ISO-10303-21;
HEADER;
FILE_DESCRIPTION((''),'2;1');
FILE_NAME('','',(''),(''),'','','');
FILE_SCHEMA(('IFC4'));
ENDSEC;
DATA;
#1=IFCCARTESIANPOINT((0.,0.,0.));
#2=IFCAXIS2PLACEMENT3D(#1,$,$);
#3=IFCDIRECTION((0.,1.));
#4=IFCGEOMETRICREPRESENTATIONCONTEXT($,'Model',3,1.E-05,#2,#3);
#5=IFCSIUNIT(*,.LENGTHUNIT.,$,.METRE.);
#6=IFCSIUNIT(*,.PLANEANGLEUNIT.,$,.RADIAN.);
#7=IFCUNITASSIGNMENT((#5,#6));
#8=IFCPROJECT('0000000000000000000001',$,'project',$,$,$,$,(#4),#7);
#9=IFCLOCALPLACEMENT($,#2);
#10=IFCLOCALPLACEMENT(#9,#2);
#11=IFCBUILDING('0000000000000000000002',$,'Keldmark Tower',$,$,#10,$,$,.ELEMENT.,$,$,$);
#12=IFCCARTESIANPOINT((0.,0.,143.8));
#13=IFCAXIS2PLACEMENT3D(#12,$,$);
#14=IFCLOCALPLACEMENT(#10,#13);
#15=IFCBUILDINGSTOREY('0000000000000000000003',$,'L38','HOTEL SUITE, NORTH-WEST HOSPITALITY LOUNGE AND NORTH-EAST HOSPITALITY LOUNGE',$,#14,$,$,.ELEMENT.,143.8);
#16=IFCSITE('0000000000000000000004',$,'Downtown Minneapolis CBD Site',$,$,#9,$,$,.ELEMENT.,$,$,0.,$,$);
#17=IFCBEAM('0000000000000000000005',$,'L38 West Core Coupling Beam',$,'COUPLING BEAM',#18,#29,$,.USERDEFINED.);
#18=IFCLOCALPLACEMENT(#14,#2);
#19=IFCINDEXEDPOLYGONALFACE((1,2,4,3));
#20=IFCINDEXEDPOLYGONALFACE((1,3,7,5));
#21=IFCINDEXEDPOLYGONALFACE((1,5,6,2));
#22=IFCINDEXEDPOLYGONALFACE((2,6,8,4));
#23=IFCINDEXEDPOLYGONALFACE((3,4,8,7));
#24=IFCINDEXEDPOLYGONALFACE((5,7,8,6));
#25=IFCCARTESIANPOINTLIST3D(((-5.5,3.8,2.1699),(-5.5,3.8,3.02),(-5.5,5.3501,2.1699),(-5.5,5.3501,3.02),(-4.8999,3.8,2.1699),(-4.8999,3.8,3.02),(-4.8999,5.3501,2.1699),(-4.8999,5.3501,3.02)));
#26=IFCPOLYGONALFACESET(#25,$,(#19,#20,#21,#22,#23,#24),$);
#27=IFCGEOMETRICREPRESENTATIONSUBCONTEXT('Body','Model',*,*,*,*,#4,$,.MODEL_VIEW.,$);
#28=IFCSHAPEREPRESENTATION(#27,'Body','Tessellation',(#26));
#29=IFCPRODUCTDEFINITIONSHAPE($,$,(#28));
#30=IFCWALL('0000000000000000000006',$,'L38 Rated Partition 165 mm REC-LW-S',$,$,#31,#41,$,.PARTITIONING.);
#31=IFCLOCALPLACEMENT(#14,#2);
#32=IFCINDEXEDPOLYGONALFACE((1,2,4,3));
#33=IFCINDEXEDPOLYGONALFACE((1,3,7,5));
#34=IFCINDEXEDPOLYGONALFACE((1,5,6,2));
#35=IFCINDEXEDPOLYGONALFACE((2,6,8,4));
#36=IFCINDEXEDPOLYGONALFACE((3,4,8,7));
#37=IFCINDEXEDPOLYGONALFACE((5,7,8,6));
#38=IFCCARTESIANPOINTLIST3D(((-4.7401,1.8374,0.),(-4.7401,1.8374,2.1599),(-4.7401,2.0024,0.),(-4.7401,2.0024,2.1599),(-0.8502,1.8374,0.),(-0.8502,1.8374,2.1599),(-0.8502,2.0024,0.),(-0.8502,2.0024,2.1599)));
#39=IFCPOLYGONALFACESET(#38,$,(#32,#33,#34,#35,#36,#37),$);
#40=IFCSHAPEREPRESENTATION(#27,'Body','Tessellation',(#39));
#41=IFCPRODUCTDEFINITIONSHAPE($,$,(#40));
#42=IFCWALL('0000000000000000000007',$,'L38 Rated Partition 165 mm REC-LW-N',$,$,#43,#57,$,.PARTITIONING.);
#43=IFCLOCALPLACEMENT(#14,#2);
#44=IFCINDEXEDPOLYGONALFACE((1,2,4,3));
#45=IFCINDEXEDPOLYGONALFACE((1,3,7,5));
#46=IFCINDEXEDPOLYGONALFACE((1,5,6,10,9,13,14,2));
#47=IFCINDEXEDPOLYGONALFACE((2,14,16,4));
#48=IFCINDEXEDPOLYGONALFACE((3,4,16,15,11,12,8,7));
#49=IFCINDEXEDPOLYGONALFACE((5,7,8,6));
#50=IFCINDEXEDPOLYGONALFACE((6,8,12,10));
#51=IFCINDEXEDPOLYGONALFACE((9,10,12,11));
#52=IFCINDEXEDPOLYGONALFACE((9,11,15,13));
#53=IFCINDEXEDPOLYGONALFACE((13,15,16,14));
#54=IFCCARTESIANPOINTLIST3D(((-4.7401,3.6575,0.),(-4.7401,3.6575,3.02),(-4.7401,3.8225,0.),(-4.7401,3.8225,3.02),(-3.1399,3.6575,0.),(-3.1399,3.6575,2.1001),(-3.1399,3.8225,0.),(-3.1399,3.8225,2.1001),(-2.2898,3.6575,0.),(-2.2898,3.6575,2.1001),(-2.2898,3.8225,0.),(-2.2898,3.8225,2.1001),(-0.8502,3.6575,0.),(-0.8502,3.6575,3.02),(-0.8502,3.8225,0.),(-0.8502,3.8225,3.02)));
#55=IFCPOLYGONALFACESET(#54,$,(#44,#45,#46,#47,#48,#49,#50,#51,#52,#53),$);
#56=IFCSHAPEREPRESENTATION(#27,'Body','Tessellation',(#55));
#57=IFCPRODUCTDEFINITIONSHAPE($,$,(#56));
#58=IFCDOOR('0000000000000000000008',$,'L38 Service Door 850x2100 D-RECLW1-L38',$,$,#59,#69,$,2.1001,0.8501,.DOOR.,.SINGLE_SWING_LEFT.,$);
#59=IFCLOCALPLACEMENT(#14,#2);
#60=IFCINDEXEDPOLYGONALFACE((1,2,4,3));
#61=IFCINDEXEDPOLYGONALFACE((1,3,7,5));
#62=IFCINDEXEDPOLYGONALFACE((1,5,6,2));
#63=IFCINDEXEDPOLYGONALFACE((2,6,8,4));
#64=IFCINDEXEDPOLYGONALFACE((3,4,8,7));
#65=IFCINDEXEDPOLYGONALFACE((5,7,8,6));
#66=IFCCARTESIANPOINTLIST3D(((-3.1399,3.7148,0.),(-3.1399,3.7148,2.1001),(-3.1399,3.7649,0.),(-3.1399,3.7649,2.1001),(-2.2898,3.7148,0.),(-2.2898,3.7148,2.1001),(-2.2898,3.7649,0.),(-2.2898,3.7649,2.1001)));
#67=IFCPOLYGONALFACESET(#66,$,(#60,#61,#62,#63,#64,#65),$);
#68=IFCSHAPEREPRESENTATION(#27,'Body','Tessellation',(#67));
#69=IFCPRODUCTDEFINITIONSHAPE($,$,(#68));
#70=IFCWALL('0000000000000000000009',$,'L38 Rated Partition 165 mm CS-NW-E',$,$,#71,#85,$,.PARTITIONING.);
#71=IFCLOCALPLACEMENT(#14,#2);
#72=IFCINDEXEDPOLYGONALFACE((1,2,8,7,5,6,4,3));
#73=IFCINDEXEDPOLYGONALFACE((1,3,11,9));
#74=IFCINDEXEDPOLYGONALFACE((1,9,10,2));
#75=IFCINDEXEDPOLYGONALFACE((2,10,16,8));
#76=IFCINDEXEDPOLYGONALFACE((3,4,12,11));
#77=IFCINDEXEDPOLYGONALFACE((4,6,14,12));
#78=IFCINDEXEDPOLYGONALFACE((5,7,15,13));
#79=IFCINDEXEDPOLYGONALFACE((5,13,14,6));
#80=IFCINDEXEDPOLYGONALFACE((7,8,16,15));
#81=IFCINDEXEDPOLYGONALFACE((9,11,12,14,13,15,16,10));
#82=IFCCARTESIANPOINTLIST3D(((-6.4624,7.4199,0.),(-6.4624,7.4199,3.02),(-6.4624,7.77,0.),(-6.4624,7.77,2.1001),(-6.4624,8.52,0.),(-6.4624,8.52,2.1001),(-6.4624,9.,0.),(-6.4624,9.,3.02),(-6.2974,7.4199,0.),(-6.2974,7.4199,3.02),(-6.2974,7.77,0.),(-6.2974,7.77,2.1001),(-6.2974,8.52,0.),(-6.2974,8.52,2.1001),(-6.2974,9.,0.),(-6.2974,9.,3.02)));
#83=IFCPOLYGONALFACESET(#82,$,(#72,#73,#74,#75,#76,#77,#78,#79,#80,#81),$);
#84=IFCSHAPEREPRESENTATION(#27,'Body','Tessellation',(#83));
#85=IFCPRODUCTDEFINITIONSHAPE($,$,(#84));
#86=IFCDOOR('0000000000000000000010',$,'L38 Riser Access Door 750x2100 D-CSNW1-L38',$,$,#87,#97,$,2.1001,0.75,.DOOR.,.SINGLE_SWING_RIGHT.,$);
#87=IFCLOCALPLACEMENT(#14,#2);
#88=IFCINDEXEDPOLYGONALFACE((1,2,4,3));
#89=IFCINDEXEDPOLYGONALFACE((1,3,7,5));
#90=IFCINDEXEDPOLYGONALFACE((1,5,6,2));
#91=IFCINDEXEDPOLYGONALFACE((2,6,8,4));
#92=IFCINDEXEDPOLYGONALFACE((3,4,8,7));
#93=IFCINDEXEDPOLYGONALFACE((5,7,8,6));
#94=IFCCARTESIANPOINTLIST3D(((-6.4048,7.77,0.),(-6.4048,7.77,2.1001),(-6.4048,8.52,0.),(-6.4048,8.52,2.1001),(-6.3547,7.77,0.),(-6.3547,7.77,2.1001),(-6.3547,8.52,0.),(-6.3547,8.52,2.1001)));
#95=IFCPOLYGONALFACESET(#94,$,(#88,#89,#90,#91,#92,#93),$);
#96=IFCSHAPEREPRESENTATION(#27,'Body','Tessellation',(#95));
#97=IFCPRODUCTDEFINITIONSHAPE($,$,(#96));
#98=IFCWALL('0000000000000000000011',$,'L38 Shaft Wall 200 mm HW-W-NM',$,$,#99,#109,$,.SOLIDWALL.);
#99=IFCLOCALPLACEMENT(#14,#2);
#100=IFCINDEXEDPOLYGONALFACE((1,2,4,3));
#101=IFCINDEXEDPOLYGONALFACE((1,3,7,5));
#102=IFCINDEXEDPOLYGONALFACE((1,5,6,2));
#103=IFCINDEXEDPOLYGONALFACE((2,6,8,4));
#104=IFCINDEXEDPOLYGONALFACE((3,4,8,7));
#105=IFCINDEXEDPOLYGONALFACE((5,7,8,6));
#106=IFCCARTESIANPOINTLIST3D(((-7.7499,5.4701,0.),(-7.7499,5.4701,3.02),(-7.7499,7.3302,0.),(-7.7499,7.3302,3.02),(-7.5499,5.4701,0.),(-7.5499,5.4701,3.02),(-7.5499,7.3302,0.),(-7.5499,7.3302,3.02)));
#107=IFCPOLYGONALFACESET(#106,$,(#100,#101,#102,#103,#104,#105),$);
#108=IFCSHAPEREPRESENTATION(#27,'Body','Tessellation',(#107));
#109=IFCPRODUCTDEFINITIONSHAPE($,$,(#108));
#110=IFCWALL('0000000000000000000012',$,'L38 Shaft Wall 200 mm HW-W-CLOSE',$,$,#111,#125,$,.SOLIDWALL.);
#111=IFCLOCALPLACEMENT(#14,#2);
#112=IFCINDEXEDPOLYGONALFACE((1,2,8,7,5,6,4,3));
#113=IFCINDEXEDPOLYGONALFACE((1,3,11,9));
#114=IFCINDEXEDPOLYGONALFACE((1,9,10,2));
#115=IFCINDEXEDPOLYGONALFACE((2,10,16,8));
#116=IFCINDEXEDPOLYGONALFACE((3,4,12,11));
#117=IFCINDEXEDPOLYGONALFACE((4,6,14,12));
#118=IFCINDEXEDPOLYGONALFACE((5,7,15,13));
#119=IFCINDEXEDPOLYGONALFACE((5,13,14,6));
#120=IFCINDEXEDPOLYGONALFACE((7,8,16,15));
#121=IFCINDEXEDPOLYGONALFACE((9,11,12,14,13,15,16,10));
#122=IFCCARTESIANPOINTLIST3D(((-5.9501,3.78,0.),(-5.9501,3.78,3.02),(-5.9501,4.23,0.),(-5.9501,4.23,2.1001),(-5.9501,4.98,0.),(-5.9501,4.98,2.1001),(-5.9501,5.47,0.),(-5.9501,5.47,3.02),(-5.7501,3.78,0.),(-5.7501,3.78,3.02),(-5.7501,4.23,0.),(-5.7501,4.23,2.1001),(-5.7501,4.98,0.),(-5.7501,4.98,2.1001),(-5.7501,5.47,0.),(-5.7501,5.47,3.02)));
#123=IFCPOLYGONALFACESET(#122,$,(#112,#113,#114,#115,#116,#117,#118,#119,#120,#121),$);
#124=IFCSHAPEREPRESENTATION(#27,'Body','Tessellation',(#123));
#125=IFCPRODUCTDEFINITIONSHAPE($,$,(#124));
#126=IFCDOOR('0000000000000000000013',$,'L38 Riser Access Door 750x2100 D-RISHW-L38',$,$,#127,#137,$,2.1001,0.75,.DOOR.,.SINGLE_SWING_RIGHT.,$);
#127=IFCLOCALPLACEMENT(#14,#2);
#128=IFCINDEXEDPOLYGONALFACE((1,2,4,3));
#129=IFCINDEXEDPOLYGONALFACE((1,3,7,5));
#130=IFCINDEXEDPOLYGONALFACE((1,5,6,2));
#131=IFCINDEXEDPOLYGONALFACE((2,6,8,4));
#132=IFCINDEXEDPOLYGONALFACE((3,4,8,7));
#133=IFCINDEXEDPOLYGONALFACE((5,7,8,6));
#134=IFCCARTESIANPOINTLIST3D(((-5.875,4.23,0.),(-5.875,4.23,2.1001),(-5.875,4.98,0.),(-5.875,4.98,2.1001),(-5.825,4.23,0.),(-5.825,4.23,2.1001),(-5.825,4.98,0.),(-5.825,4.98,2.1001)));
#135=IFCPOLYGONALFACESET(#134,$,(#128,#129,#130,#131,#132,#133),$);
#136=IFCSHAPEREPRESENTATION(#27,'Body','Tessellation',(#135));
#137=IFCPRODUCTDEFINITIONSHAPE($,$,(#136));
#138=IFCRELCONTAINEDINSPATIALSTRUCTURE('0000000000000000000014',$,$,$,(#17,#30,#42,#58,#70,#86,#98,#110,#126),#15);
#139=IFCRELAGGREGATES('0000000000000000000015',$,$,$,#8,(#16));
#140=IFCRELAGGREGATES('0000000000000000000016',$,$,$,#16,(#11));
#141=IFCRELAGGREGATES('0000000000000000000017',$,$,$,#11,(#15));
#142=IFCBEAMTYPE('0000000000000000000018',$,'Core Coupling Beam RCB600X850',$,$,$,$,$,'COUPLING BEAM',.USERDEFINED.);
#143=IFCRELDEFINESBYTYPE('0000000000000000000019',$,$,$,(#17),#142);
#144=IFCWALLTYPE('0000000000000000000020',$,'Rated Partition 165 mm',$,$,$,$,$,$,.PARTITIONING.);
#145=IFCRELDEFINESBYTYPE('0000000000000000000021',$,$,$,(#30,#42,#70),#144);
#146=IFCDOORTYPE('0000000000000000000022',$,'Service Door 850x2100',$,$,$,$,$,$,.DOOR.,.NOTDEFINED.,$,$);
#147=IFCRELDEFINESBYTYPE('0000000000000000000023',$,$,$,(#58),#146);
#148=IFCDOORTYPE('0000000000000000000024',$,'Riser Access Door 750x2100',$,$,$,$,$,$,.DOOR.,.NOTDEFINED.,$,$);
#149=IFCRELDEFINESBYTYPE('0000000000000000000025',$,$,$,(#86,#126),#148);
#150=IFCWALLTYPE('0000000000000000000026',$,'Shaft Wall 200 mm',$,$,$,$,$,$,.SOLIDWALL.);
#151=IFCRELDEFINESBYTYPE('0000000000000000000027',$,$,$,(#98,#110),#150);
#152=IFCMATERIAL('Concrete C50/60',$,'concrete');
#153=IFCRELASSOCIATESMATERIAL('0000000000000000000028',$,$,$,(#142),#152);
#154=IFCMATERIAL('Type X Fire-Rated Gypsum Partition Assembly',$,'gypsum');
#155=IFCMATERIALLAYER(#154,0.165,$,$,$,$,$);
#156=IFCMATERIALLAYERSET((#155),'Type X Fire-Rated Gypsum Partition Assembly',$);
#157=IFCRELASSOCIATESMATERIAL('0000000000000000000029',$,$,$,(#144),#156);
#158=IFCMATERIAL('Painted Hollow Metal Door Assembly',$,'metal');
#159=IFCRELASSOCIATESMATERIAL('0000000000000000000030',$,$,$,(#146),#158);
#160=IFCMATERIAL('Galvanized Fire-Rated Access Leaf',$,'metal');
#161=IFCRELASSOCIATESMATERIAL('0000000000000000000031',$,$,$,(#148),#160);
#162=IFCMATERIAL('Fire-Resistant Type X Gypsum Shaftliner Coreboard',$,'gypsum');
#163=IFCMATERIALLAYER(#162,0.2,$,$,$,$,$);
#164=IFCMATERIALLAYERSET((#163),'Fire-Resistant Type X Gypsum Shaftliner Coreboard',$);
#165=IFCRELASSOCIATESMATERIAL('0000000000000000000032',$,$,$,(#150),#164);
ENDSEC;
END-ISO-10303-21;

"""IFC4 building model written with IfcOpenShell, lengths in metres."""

from ifc_helpers import new_model, si_unit, direction, frame, frame_2d, origin, origin_2d, place, context, subcontext, project, spatial, rectangle, extrude, material, layer, layer_set, material_profile, profile_set, type_object, element, fill, save


model = new_model("IFC4")

# Units and contexts
model_context = context("Model", 3, precision=1e-05, world=origin(), true_north=direction((0.0, 1.0)))
body_context = subcontext(model_context, "Body", "Model", "MODEL_VIEW")
ifc_project = project(units=[si_unit("LENGTHUNIT", "METRE"), si_unit("PLANEANGLEUNIT", "RADIAN")], contexts=[model_context])

# Site, building, storey
site_placement = place(None, origin())
site = spatial("IfcSite", under=ifc_project, at=site_placement, Name="Downtown Minneapolis CBD Site", CompositionType="ELEMENT", RefElevation=0.0)
building_placement = place(site_placement, origin())
building = spatial("IfcBuilding", under=site, at=building_placement, Name="Keldmark Tower", CompositionType="ELEMENT")
storey_placement = place(building_placement, frame((0.0, 0.0, 143.8)))
storey = spatial("IfcBuildingStorey", under=building, at=storey_placement, Name="L38", Description="HOTEL SUITE, NORTH-WEST HOSPITALITY LOUNGE AND NORTH-EAST HOSPITALITY LOUNGE", CompositionType="ELEMENT", Elevation=143.8)

# Beam
ifc_material_1 = material(Name="Concrete C50/60", Category="concrete")
ifc_material_profile = material_profile(ifc_material_1, rectangle(XDim=0.6001, YDim=0.8501, at=origin_2d()), Name="RCB600X850")
ifc_profile_set = profile_set([ifc_material_profile], Name="Concrete C50/60")
beam_type = type_object("IfcBeamType", Name="Core Coupling Beam RCB600X850", ElementType="COUPLING BEAM", PredefinedType="USERDEFINED", material=ifc_profile_set)
beam_placement = place(storey_placement, frame((-5.2, 3.8, 2.595), z_axis=(0.0, 1.0, 0.0), x_axis=(-1.0, 0.0, 0.0)))
element("IfcBeam", 1, at=beam_placement, inside=storey, type_object=beam_type, Name="L38 West Core Coupling Beam", ObjectType="COUPLING BEAM", PredefinedType="USERDEFINED", context=body_context, shape_type="SweptSolid", body=[
    extrude(rectangle(XDim=0.6001, YDim=0.8501, at=origin_2d()), origin(), (0.0, 0.0, 1.0), 1.55),
])

# Wall
ifc_material_2 = material(Name="Type X Fire-Rated Gypsum Partition Assembly", Category="gypsum")
ifc_layer_1 = layer(ifc_material_2, 0.165)
ifc_layer_set_1 = layer_set([ifc_layer_1], Name="Type X Fire-Rated Gypsum Partition Assembly")
wall_type_1 = type_object("IfcWallType", Name="Rated Partition 165 mm", PredefinedType="PARTITIONING", material=ifc_layer_set_1)
wall_1_placement = place(storey_placement, frame((-4.74, 1.9199, 0.0), z_axis=(0.0, 0.0, 1.0), x_axis=(1.0, 0.0, 0.0)))
element("IfcWall", 2, at=wall_1_placement, inside=storey, type_object=wall_type_1, Name="L38 Rated Partition 165 mm REC-LW-S", PredefinedType="PARTITIONING", context=body_context, shape_type="SweptSolid", body=[
    extrude(rectangle(XDim=3.8899, YDim=0.165, at=frame_2d((1.9448, 0.0))), origin(), (0.0, 0.0, 1.0), 2.1599),
])

# Walls, openings, doors
wall_2_placement = place(storey_placement, frame((-4.74, 3.74, 0.0), z_axis=(0.0, 0.0, 1.0), x_axis=(1.0, 0.0, 0.0)))
wall_2 = element("IfcWall", 3, at=wall_2_placement, inside=storey, type_object=wall_type_1, Name="L38 Rated Partition 165 mm REC-LW-N", PredefinedType="PARTITIONING", context=body_context, shape_type="SweptSolid", body=[
    extrude(rectangle(XDim=3.8899, YDim=0.165, at=frame_2d((1.9448, 0.0))), origin(), (0.0, 0.0, 1.0), 3.02),
])
opening_1_placement = place(wall_2_placement, frame((1.6001, 0.0, 0.0)))
opening_1 = element("IfcOpeningElement", 4, at=opening_1_placement, cuts=wall_2, PredefinedType="OPENING", context=body_context, shape_type="SweptSolid", body=[
    extrude(rectangle(XDim=0.8501, YDim=2.1001, at=frame_2d((0.425, 1.05))), frame((0.0, 0.0925, 0.0), z_axis=(0.0, -1.0, 0.0), x_axis=(1.0, 0.0, 0.0)), (0.0, 0.0, 1.0), 0.1851),
])
ifc_material_3 = material(Name="Painted Hollow Metal Door Assembly", Category="metal")
door_type_1 = type_object("IfcDoorType", Name="Service Door 850x2100", OperationType="NOTDEFINED", PredefinedType="DOOR", material=ifc_material_3)
door_1_placement = place(opening_1_placement, origin())
door_1 = element("IfcDoor", 5, at=door_1_placement, inside=storey, type_object=door_type_1, Name="L38 Service Door 850x2100 D-RECLW1-L38", OperationType="SINGLE_SWING_LEFT", OverallHeight=2.1001, OverallWidth=0.8501, PredefinedType="DOOR", context=body_context, shape_type="SweptSolid", body=[
    extrude(rectangle(XDim=0.8501, YDim=2.1001, at=frame_2d((0.425, 1.05))), frame((0.0, 0.0249, 0.0), z_axis=(0.0, -1.0, 0.0), x_axis=(1.0, 0.0, 0.0)), (0.0, 0.0, 1.0), 0.05),
])
fill(opening_1, door_1)
wall_3_placement = place(storey_placement, frame((-6.3799, 7.4199, 0.0), z_axis=(0.0, 0.0, 1.0), x_axis=(0.0, 1.0, 0.0)))
wall_3 = element("IfcWall", 6, at=wall_3_placement, inside=storey, type_object=wall_type_1, Name="L38 Rated Partition 165 mm CS-NW-E", PredefinedType="PARTITIONING", context=body_context, shape_type="SweptSolid", body=[
    extrude(rectangle(XDim=1.5801, YDim=0.165, at=frame_2d((0.79, 0.0))), origin(), (0.0, 0.0, 1.0), 3.02),
])
opening_2_placement = place(wall_3_placement, frame((0.3501, 0.0, 0.0)))
opening_2 = element("IfcOpeningElement", 7, at=opening_2_placement, cuts=wall_3, PredefinedType="OPENING", context=body_context, shape_type="SweptSolid", body=[
    extrude(rectangle(XDim=0.75, YDim=2.1001, at=frame_2d((0.375, 1.05))), frame((0.0, 0.0925, 0.0), z_axis=(0.0, -1.0, 0.0), x_axis=(1.0, 0.0, 0.0)), (0.0, 0.0, 1.0), 0.1851),
])
ifc_material_4 = material(Name="Galvanized Fire-Rated Access Leaf", Category="metal")
door_type_2 = type_object("IfcDoorType", Name="Riser Access Door 750x2100", OperationType="NOTDEFINED", PredefinedType="DOOR", material=ifc_material_4)
door_2_placement = place(opening_2_placement, origin())
door_2 = element("IfcDoor", 8, at=door_2_placement, inside=storey, type_object=door_type_2, Name="L38 Riser Access Door 750x2100 D-CSNW1-L38", OperationType="SINGLE_SWING_RIGHT", OverallHeight=2.1001, OverallWidth=0.75, PredefinedType="DOOR", context=body_context, shape_type="SweptSolid", body=[
    extrude(rectangle(XDim=0.75, YDim=2.1001, at=frame_2d((0.375, 1.05))), frame((0.0, 0.0249, 0.0), z_axis=(0.0, -1.0, 0.0), x_axis=(1.0, 0.0, 0.0)), (0.0, 0.0, 1.0), 0.05),
])
fill(opening_2, door_2)

# Wall
ifc_material_5 = material(Name="Fire-Resistant Type X Gypsum Shaftliner Coreboard", Category="gypsum")
ifc_layer_2 = layer(ifc_material_5, 0.2)
ifc_layer_set_2 = layer_set([ifc_layer_2], Name="Fire-Resistant Type X Gypsum Shaftliner Coreboard")
wall_type_2 = type_object("IfcWallType", Name="Shaft Wall 200 mm", PredefinedType="SOLIDWALL", material=ifc_layer_set_2)
wall_4_placement = place(storey_placement, frame((-7.6499, 5.47, 0.0), z_axis=(0.0, 0.0, 1.0), x_axis=(0.0, 1.0, 0.0)))
element("IfcWall", 9, at=wall_4_placement, inside=storey, type_object=wall_type_2, Name="L38 Shaft Wall 200 mm HW-W-NM", PredefinedType="SOLIDWALL", context=body_context, shape_type="SweptSolid", body=[
    extrude(rectangle(XDim=1.8601, YDim=0.2, at=frame_2d((0.9302, 0.0))), origin(), (0.0, 0.0, 1.0), 3.02),
])

# Wall, opening, door
wall_5_placement = place(storey_placement, frame((-5.8501, 3.78, 0.0), z_axis=(0.0, 0.0, 1.0), x_axis=(0.0, 1.0, 0.0)))
wall_5 = element("IfcWall", 10, at=wall_5_placement, inside=storey, type_object=wall_type_2, Name="L38 Shaft Wall 200 mm HW-W-CLOSE", PredefinedType="SOLIDWALL", context=body_context, shape_type="SweptSolid", body=[
    extrude(rectangle(XDim=1.6899, YDim=0.2, at=frame_2d((0.845, 0.0))), origin(), (0.0, 0.0, 1.0), 3.02),
])
opening_3_placement = place(wall_5_placement, frame((0.45, 0.0, 0.0)))
opening_3 = element("IfcOpeningElement", 11, at=opening_3_placement, cuts=wall_5, PredefinedType="OPENING", context=body_context, shape_type="SweptSolid", body=[
    extrude(rectangle(XDim=0.75, YDim=2.1001, at=frame_2d((0.375, 1.05))), frame((0.0, 0.1099, 0.0), z_axis=(0.0, -1.0, 0.0), x_axis=(1.0, 0.0, 0.0)), (0.0, 0.0, 1.0), 0.22),
])
door_3_placement = place(opening_3_placement, origin())
door_3 = element("IfcDoor", 12, at=door_3_placement, inside=storey, type_object=door_type_2, Name="L38 Riser Access Door 750x2100 D-RISHW-L38", OperationType="SINGLE_SWING_RIGHT", OverallHeight=2.1001, OverallWidth=0.75, PredefinedType="DOOR", context=body_context, shape_type="SweptSolid", body=[
    extrude(rectangle(XDim=0.75, YDim=2.1001, at=frame_2d((0.375, 1.05))), frame((0.0, 0.0249, 0.0), z_axis=(0.0, -1.0, 0.0), x_axis=(1.0, 0.0, 0.0)), (0.0, 0.0, 1.0), 0.05),
])
fill(opening_3, door_3)

save(model, "model.ifc")
